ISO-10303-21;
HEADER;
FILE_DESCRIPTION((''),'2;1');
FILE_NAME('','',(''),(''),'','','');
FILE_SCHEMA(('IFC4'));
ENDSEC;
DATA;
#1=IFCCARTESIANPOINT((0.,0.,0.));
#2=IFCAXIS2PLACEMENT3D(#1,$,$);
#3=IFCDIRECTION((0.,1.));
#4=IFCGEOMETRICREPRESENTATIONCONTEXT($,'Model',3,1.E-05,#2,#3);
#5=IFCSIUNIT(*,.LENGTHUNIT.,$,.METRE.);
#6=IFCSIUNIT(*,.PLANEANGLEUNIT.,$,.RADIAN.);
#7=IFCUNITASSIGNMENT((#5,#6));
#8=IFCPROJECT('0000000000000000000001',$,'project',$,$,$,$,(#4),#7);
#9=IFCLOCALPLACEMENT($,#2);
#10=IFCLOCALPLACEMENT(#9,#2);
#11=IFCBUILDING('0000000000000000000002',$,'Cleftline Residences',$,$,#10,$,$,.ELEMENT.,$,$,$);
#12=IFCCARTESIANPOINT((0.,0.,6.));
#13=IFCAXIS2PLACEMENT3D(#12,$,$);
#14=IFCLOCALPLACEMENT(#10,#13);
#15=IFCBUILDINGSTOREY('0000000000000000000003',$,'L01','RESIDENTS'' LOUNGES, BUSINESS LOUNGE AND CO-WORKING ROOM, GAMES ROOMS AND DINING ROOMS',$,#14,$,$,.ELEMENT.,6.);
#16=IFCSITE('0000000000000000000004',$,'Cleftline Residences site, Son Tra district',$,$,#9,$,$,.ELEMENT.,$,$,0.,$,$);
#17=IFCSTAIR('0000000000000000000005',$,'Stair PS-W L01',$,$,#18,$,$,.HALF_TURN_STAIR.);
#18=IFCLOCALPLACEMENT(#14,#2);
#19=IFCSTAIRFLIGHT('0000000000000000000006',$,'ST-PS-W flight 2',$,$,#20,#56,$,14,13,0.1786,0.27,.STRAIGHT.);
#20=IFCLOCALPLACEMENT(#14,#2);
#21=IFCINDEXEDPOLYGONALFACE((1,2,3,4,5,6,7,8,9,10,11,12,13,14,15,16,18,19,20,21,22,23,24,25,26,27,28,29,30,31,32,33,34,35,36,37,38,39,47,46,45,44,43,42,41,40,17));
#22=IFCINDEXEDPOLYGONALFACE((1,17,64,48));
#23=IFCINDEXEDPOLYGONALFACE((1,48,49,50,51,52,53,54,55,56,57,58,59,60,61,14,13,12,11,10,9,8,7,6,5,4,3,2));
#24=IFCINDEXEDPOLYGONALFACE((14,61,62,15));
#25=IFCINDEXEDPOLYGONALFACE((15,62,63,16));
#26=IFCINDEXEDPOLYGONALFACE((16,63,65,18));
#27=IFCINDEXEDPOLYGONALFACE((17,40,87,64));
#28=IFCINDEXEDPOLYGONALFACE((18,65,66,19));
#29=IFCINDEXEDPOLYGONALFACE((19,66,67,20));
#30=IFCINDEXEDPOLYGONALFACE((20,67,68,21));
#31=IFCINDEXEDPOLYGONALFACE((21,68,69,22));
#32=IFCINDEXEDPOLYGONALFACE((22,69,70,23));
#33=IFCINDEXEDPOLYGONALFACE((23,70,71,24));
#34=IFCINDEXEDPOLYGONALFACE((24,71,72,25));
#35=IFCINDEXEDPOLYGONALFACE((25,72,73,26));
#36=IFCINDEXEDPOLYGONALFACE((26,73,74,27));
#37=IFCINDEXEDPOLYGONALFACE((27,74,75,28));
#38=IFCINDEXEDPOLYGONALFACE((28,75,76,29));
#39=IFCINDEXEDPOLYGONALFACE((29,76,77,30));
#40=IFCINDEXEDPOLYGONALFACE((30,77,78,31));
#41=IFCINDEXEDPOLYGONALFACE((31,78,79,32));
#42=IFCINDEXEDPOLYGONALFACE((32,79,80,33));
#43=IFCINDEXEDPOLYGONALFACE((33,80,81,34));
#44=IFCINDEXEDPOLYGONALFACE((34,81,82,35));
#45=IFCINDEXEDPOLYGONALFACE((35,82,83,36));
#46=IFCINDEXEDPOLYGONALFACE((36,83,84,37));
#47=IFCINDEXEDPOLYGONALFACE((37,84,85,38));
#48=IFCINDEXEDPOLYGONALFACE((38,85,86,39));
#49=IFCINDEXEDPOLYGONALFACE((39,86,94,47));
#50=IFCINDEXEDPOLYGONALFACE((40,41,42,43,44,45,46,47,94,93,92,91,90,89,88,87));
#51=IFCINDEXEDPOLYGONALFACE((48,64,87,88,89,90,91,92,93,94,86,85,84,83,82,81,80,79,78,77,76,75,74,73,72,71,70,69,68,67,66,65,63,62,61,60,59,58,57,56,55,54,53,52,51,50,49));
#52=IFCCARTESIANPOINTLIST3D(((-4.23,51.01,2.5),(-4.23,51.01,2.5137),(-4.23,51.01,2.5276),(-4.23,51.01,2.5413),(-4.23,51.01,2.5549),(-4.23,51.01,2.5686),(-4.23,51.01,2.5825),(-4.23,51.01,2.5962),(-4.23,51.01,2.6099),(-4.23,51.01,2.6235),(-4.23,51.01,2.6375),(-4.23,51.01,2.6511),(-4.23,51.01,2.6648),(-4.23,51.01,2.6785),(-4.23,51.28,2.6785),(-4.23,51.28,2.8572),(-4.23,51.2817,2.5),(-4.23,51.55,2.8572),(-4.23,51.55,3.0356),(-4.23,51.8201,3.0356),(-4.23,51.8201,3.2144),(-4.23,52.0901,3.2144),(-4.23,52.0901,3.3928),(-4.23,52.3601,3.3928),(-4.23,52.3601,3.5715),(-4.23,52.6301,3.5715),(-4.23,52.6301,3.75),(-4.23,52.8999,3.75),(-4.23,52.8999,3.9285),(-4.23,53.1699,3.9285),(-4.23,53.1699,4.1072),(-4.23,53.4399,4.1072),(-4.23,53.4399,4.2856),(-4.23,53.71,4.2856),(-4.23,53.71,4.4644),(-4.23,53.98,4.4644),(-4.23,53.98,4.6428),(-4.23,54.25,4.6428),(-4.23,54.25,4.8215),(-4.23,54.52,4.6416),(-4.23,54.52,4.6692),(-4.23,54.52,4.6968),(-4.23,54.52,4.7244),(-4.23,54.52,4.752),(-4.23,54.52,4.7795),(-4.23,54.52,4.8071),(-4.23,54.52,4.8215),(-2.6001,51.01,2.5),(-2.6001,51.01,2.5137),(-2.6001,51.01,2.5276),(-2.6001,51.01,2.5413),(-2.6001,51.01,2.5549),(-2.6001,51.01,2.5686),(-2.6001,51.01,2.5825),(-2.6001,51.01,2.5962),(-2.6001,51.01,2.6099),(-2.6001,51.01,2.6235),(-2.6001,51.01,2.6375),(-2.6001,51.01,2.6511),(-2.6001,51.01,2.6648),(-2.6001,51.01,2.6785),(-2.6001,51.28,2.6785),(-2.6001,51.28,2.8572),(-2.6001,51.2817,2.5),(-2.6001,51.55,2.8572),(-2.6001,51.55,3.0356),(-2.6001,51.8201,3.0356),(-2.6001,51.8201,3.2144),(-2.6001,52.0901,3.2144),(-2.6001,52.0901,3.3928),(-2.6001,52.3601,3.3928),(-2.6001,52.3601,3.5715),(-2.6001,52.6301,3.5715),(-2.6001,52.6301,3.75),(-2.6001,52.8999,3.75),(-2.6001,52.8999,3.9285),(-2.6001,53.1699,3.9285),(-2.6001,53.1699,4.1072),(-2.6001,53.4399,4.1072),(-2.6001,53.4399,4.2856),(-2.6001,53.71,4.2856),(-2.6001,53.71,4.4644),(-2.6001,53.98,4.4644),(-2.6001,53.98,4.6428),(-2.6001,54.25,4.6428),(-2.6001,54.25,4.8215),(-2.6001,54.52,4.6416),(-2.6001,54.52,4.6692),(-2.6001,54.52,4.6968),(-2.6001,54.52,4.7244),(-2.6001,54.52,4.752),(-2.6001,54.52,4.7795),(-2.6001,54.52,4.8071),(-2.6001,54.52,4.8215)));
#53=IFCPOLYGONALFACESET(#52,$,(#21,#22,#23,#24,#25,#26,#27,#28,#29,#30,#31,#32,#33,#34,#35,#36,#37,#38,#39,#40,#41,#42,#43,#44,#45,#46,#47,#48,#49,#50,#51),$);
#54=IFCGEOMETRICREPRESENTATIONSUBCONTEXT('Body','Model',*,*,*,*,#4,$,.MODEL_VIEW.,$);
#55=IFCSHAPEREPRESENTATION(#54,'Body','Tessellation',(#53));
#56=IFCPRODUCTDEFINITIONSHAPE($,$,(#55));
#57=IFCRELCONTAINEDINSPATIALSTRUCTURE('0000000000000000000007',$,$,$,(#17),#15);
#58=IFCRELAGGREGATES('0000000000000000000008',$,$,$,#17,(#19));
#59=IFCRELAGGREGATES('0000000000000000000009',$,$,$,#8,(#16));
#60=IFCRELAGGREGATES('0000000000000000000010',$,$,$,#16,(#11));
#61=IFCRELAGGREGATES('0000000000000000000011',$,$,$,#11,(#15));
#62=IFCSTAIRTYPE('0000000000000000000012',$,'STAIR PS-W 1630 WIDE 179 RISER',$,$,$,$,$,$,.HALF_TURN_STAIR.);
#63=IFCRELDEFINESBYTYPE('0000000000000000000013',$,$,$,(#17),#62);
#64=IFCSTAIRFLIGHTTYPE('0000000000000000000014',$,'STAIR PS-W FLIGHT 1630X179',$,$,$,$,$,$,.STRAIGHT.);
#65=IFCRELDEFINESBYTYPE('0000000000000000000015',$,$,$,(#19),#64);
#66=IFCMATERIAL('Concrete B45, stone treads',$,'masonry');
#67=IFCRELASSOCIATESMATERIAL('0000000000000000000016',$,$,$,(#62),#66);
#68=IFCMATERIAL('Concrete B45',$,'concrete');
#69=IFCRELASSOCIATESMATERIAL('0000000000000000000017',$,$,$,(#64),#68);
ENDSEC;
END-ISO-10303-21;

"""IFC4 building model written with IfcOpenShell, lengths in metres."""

from ifc_helpers import new_model, si_unit, direction, frame, origin, place, context, subcontext, project, spatial, polyline, outline, extrude, material, type_object, element, aggregate, save


model = new_model("IFC4")

# Units and contexts
model_context = context("Model", 3, precision=1e-05, world=origin(), true_north=direction((0.0, 1.0)))
body_context = subcontext(model_context, "Body", "Model", "MODEL_VIEW")
ifc_project = project(units=[si_unit("LENGTHUNIT", "METRE"), si_unit("PLANEANGLEUNIT", "RADIAN")], contexts=[model_context])

# Site, building, storey
site_placement = place(None, origin())
site = spatial("IfcSite", under=ifc_project, at=site_placement, Name="Cleftline Residences site, Son Tra district", CompositionType="ELEMENT", RefElevation=0.0)
building_placement = place(site_placement, origin())
building = spatial("IfcBuilding", under=site, at=building_placement, Name="Cleftline Residences", CompositionType="ELEMENT")
storey_placement = place(building_placement, frame((0.0, 0.0, 6.0)))
storey = spatial("IfcBuildingStorey", under=building, at=storey_placement, Name="L01", Description="RESIDENTS' LOUNGES, BUSINESS LOUNGE AND CO-WORKING ROOM, GAMES ROOMS AND DINING ROOMS", CompositionType="ELEMENT", Elevation=6.0)

# Stair, stair flight
ifc_material_1 = material(Name="Concrete B45, stone treads", Category="masonry")
stair_type = type_object("IfcStairType", Name="STAIR PS-W 1630 WIDE 179 RISER", PredefinedType="HALF_TURN_STAIR", material=ifc_material_1)
stair_placement = place(storey_placement, origin())
stair = element("IfcStair", 1, at=stair_placement, inside=storey, type_object=stair_type, Name="Stair PS-W L01", PredefinedType="HALF_TURN_STAIR")
ifc_material_2 = material(Name="Concrete B45", Category="concrete")
stair_flight_type = type_object("IfcStairFlightType", Name="STAIR PS-W FLIGHT 1630X179", PredefinedType="STRAIGHT", material=ifc_material_2)
stair_flight_1_placement = place(storey_placement, frame((-3.415, 51.01, 2.5), z_axis=(0.0, 0.0, 1.0), x_axis=(0.0, 1.0, 0.0)))
stair_flight_1 = element("IfcStairFlight", 2, at=stair_flight_1_placement, type_object=stair_flight_type, Name="ST-PS-W flight 2", NumberOfRisers=14, NumberOfTreads=13, PredefinedType="STRAIGHT", RiserHeight=0.1786, TreadLength=0.27, context=body_context, shape_type="SweptSolid", body=[
    extrude(outline(polyline([(0.0, 0.0), (0.0, 0.0137), (0.0, 0.0276), (0.0, 0.0413), (0.0, 0.0549), (0.0, 0.0686), (0.0, 0.0825), (0.0, 0.0962), (0.0, 0.1099), (0.0, 0.1235), (0.0, 0.1375), (0.0, 0.1511), (0.0, 0.1648), (0.0, 0.1785), (0.27, 0.1785), (0.27, 0.3572), (0.54, 0.3572), (0.54, 0.5356), (0.8101, 0.5356), (0.8101, 0.7144), (1.0801, 0.7144), (1.0801, 0.8928), (1.3501, 0.8928), (1.3501, 1.0715), (1.6201, 1.0715), (1.6201, 1.25), (1.8899, 1.25), (1.8899, 1.4285), (2.1599, 1.4285), (2.1599, 1.6072), (2.4299, 1.6072), (2.4299, 1.7856), (2.7, 1.7856), (2.7, 1.9644), (2.97, 1.9644), (2.97, 2.1428), (3.24, 2.1428), (3.24, 2.3215), (3.51, 2.3215), (3.51, 2.5), (3.51, 2.4724), (3.51, 2.4448), (3.51, 2.4172), (3.51, 2.3896), (3.51, 2.3623), (3.51, 2.3347), (3.51, 2.3071), (3.51, 2.2795), (3.51, 2.252), (3.51, 2.2244), (3.51, 2.1968), (3.51, 2.1692), (3.51, 2.1416), (0.2717, 0.0), (0.0, 0.0)])), frame((0.0, 0.8149, 0.0), z_axis=(0.0, -1.0, 0.0), x_axis=(1.0, 0.0, 0.0)), (0.0, 0.0, 1.0), 1.6299),
])
aggregate(stair, [stair_flight_1])

save(model, "model.ifc")
